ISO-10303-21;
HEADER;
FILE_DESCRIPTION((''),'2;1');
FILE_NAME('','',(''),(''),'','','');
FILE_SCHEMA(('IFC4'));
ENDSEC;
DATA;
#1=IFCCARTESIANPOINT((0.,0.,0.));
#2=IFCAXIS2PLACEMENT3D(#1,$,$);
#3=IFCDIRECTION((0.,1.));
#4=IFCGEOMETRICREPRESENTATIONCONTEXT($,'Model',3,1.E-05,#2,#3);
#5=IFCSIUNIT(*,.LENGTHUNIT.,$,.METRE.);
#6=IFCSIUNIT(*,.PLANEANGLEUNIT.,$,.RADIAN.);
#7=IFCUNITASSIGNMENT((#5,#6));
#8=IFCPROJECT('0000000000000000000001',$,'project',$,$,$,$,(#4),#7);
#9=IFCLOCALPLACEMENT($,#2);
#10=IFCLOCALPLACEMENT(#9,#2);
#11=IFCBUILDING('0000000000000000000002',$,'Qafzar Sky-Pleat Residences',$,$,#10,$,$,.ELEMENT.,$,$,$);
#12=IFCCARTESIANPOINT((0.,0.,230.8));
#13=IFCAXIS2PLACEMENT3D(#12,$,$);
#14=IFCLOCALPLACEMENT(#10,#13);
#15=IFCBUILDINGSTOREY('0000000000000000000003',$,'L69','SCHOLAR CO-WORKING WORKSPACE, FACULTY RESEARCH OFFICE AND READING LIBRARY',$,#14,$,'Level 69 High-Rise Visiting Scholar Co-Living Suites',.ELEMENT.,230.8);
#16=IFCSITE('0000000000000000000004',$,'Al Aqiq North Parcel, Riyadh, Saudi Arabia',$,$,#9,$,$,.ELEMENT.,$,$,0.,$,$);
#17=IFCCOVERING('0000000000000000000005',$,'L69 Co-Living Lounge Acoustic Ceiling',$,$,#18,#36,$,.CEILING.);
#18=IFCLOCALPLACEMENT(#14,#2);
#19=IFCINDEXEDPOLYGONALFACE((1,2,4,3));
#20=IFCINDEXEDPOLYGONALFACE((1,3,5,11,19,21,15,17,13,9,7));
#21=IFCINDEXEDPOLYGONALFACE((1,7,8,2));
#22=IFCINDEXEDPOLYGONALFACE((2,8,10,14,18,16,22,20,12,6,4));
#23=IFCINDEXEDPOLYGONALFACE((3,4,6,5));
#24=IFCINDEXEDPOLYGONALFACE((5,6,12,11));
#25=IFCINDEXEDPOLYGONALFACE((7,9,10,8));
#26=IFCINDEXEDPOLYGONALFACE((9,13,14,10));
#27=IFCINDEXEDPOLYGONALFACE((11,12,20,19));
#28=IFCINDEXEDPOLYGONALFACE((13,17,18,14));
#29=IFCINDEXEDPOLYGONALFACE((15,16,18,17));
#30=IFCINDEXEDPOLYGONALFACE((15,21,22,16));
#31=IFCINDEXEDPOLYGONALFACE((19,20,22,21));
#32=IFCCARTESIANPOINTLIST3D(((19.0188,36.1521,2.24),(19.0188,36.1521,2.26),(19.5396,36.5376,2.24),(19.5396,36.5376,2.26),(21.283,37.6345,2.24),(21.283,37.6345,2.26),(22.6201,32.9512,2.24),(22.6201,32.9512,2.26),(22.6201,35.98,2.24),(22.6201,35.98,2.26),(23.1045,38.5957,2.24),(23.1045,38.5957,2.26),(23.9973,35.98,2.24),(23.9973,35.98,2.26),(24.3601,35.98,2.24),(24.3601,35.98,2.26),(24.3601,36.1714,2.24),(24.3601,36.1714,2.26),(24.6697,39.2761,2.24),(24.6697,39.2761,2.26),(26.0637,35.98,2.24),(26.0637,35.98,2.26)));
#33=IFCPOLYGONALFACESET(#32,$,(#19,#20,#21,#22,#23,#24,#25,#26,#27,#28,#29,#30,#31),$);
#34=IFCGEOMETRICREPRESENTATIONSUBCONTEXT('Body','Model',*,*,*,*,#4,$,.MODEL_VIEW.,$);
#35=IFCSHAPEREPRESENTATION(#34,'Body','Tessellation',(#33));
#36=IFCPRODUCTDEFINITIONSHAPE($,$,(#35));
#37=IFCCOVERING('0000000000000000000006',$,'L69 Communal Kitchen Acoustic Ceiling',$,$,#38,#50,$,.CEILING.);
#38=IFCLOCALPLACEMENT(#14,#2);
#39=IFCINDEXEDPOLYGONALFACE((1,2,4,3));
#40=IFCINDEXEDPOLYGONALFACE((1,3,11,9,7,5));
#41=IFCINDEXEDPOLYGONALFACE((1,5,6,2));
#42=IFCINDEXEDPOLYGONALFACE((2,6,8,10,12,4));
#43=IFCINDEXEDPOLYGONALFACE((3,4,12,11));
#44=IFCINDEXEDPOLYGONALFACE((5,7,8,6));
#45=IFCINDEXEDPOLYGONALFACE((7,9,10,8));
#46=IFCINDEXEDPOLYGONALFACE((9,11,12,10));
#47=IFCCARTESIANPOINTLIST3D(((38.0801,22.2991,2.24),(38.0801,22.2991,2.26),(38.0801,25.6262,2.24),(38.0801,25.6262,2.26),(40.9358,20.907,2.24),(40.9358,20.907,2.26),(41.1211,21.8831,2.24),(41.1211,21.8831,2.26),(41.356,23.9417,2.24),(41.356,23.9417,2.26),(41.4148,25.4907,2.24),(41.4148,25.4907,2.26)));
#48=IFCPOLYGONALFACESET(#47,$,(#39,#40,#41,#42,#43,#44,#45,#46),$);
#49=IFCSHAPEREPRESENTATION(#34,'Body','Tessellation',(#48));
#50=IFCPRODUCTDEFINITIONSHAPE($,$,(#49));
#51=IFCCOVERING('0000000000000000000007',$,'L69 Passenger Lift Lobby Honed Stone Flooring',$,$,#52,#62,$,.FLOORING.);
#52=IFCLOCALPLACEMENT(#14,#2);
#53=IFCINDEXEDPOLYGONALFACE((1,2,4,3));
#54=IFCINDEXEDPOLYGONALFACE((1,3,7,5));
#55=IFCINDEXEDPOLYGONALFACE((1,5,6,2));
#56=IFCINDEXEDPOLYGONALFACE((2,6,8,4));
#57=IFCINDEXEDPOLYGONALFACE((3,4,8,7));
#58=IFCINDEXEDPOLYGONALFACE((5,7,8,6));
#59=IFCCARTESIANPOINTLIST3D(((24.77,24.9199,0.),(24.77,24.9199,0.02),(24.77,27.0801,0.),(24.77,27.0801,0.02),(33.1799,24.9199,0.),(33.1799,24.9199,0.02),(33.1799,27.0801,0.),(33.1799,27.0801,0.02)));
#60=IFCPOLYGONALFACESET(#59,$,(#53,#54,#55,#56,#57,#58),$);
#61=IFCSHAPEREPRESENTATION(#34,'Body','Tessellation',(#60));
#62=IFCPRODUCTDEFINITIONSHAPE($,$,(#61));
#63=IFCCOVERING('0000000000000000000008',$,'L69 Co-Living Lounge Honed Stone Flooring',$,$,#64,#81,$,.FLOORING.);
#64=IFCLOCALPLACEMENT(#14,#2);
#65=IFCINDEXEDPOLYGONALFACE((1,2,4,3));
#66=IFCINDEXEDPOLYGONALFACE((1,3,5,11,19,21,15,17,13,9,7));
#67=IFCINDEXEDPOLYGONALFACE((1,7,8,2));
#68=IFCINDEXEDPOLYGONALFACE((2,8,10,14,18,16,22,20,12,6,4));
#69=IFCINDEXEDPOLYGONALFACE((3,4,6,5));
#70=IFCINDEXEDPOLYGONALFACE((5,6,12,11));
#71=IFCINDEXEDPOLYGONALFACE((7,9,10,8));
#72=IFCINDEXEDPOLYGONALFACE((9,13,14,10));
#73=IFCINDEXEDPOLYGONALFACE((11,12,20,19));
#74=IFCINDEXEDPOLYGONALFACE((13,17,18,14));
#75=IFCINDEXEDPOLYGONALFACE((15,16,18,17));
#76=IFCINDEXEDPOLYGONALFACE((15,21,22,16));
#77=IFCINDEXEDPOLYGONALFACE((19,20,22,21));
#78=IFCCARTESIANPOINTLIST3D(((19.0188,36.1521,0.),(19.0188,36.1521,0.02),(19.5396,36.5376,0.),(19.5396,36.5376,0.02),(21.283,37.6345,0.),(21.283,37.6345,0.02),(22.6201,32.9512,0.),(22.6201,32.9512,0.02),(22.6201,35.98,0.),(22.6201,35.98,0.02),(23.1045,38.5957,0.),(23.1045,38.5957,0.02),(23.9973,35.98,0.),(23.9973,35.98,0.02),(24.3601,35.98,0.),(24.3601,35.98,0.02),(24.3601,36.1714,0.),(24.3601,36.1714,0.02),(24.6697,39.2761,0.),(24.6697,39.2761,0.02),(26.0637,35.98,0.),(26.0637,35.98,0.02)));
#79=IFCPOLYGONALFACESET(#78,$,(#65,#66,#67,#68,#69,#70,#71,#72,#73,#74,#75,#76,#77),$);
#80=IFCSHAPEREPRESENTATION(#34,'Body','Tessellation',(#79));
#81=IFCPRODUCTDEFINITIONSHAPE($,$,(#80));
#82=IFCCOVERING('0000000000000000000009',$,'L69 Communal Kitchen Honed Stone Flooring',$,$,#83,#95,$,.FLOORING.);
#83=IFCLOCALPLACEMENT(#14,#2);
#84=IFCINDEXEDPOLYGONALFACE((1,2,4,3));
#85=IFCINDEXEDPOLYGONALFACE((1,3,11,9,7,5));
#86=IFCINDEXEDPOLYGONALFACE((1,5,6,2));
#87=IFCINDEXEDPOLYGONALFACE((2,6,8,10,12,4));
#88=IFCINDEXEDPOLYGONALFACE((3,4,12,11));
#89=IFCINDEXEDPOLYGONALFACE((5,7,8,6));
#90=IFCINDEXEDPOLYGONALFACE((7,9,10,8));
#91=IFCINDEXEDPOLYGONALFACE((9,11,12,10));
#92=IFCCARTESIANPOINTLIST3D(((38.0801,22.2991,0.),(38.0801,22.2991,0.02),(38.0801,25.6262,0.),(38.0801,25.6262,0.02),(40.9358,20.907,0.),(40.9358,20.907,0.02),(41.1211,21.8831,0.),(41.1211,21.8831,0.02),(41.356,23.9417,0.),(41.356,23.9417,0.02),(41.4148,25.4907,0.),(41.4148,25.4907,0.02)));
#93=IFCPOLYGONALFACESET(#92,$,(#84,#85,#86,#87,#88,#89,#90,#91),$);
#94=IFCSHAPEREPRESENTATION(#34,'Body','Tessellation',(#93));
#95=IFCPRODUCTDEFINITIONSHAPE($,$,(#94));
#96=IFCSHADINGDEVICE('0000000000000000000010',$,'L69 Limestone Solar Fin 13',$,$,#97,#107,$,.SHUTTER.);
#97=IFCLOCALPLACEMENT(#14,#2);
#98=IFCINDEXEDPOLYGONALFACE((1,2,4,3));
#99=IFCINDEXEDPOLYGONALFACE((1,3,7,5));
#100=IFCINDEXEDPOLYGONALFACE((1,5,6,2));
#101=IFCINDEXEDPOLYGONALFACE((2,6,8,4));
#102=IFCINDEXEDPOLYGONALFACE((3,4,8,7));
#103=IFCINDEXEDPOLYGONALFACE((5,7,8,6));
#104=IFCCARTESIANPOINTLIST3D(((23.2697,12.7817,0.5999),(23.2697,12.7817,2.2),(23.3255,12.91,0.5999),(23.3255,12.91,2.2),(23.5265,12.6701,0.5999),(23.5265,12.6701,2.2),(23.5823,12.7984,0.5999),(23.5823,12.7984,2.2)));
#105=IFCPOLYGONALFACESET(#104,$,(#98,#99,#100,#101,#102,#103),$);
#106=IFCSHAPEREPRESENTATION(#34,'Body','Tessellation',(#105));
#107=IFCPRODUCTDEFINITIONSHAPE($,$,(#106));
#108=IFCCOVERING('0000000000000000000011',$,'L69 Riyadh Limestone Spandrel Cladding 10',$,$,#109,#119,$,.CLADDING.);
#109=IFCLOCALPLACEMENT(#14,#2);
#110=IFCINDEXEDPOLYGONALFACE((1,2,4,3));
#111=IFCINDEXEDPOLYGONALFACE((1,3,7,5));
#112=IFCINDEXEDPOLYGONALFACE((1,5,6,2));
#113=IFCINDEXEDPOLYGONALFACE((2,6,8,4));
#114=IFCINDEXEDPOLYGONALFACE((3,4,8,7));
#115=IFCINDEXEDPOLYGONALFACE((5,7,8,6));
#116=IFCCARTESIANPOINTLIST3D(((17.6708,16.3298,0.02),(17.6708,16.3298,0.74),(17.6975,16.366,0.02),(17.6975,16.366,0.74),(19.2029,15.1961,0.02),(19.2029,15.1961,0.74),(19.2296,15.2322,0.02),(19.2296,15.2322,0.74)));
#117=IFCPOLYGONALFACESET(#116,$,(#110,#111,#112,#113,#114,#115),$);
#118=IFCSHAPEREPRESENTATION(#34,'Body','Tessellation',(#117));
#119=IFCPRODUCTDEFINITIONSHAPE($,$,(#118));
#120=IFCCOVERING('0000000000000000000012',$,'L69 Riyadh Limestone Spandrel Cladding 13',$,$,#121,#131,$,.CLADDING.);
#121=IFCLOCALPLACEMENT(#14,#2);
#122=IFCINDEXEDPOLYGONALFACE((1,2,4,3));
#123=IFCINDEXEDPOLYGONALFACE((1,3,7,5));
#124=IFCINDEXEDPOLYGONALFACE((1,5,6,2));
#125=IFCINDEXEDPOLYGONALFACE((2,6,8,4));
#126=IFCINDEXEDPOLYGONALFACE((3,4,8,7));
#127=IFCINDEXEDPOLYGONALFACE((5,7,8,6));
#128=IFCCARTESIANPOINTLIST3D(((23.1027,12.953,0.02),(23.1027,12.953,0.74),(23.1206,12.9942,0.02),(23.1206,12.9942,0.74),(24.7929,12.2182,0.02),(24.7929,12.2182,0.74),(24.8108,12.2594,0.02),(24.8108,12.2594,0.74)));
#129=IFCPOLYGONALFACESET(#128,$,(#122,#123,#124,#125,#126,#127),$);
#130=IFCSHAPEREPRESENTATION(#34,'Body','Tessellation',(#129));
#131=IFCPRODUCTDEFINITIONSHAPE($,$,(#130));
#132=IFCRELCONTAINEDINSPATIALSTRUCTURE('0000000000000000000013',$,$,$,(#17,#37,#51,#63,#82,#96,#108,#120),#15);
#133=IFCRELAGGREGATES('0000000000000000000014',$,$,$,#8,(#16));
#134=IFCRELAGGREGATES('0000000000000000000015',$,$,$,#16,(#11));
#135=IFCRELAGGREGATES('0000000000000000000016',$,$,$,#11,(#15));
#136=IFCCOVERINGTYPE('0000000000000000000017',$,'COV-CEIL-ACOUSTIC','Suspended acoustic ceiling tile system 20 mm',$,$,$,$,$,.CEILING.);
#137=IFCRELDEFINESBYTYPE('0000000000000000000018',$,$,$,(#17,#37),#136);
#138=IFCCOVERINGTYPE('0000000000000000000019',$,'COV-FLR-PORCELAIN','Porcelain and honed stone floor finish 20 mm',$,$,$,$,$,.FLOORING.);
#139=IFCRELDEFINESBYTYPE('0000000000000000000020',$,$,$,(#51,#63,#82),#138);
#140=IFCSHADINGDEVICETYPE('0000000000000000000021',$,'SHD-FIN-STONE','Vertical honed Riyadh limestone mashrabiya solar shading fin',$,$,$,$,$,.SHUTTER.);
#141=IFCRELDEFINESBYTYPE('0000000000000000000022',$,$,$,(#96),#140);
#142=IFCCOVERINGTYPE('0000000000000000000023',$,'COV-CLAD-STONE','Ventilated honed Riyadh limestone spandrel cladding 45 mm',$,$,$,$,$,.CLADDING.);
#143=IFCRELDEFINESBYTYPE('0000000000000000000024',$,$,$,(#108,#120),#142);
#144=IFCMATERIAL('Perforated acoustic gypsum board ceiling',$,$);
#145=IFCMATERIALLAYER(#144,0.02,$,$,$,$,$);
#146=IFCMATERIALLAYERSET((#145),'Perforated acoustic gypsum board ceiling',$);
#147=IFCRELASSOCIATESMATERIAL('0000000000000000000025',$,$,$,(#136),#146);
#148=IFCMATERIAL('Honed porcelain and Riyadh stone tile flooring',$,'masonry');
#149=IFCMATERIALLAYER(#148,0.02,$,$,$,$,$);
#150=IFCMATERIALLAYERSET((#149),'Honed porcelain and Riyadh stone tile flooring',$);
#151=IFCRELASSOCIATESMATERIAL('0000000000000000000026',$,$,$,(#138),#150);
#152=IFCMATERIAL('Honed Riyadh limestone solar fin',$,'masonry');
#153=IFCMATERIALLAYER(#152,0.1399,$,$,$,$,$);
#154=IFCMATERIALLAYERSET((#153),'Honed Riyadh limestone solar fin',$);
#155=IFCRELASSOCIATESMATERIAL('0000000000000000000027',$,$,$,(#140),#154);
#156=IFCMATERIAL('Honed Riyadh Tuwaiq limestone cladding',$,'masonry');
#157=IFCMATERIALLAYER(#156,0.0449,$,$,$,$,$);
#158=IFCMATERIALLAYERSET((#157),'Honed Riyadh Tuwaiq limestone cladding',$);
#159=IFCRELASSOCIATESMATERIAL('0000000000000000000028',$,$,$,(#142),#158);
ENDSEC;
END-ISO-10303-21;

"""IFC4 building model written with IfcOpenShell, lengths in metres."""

from ifc_helpers import new_model, si_unit, direction, frame, origin, origin_2d, place, context, subcontext, project, spatial, polyline, rectangle, outline, extrude, source, transform, mapped, material, layer, layer_set, type_object, element, save


model = new_model("IFC4")

# Units and contexts
model_context = context("Model", 3, precision=1e-05, world=origin(), true_north=direction((0.0, 1.0)))
body_context = subcontext(model_context, "Body", "Model", "MODEL_VIEW")
ifc_project = project(units=[si_unit("LENGTHUNIT", "METRE"), si_unit("PLANEANGLEUNIT", "RADIAN")], contexts=[model_context])

# Site, building, storey
site_placement = place(None, origin())
site = spatial("IfcSite", under=ifc_project, at=site_placement, Name="Al Aqiq North Parcel, Riyadh, Saudi Arabia", CompositionType="ELEMENT", RefElevation=0.0)
building_placement = place(site_placement, origin())
building = spatial("IfcBuilding", under=site, at=building_placement, Name="Qafzar Sky-Pleat Residences", CompositionType="ELEMENT")
storey_placement = place(building_placement, frame((0.0, 0.0, 230.8)))
storey = spatial("IfcBuildingStorey", under=building, at=storey_placement, Name="L69", Description="SCHOLAR CO-WORKING WORKSPACE, FACULTY RESEARCH OFFICE AND READING LIBRARY", LongName="Level 69 High-Rise Visiting Scholar Co-Living Suites", CompositionType="ELEMENT", Elevation=230.8)

# Coverings
ifc_material_1 = material(Name="Perforated acoustic gypsum board ceiling")
ifc_layer_1 = layer(ifc_material_1, 0.02)
ifc_layer_set_1 = layer_set([ifc_layer_1], Name="Perforated acoustic gypsum board ceiling")
covering_type_1 = type_object("IfcCoveringType", Name="COV-CEIL-ACOUSTIC", Description="Suspended acoustic ceiling tile system 20 mm", PredefinedType="CEILING", material=ifc_layer_set_1)
covering_1_placement = place(storey_placement, frame((0.0, 0.0, 2.24)))
element("IfcCovering", 1, at=covering_1_placement, inside=storey, type_object=covering_type_1, Name="L69 Co-Living Lounge Acoustic Ceiling", PredefinedType="CEILING", context=body_context, shape_type="SweptSolid", body=[
    extrude(outline(polyline([(19.5396, 36.5376), (21.283, 37.6345), (23.1045, 38.5957), (24.6697, 39.2761), (26.0637, 35.98), (24.3601, 35.98), (24.3601, 36.1714), (23.9973, 35.98), (22.6201, 35.98), (22.6201, 32.9512), (19.0188, 36.1521), (19.5396, 36.5376)])), origin(), (0.0, 0.0, 1.0), 0.02),
])
covering_2_placement = place(storey_placement, frame((0.0, 0.0, 2.24)))
element("IfcCovering", 2, at=covering_2_placement, inside=storey, type_object=covering_type_1, Name="L69 Communal Kitchen Acoustic Ceiling", PredefinedType="CEILING", context=body_context, shape_type="SweptSolid", body=[
    extrude(outline(polyline([(41.356, 23.9417), (41.1211, 21.8831), (40.9358, 20.907), (38.0801, 22.2991), (38.0801, 25.6262), (41.4148, 25.4907), (41.356, 23.9417)])), origin(), (0.0, 0.0, 1.0), 0.02),
])
ifc_material_2 = material(Name="Honed porcelain and Riyadh stone tile flooring", Category="masonry")
ifc_layer_2 = layer(ifc_material_2, 0.02)
ifc_layer_set_2 = layer_set([ifc_layer_2], Name="Honed porcelain and Riyadh stone tile flooring")
covering_type_2 = type_object("IfcCoveringType", Name="COV-FLR-PORCELAIN", Description="Porcelain and honed stone floor finish 20 mm", PredefinedType="FLOORING", material=ifc_layer_set_2)
covering_3_placement = place(storey_placement, origin())
element("IfcCovering", 3, at=covering_3_placement, inside=storey, type_object=covering_type_2, Name="L69 Passenger Lift Lobby Honed Stone Flooring", PredefinedType="FLOORING", context=body_context, shape_type="SweptSolid", body=[
    extrude(outline(polyline([(33.1799, 24.9199), (24.77, 24.9199), (24.77, 27.0801), (33.1799, 27.0801), (33.1799, 24.9199)])), origin(), (0.0, 0.0, 1.0), 0.02),
])
covering_4_placement = place(storey_placement, origin())
element("IfcCovering", 4, at=covering_4_placement, inside=storey, type_object=covering_type_2, Name="L69 Co-Living Lounge Honed Stone Flooring", PredefinedType="FLOORING", context=body_context, shape_type="SweptSolid", body=[
    extrude(outline(polyline([(19.5396, 36.5376), (21.283, 37.6345), (23.1045, 38.5957), (24.6697, 39.2761), (26.0637, 35.98), (24.3601, 35.98), (24.3601, 36.1714), (23.9973, 35.98), (22.6201, 35.98), (22.6201, 32.9512), (19.0188, 36.1521), (19.5396, 36.5376)])), origin(), (0.0, 0.0, 1.0), 0.02),
])
covering_5_placement = place(storey_placement, origin())
element("IfcCovering", 5, at=covering_5_placement, inside=storey, type_object=covering_type_2, Name="L69 Communal Kitchen Honed Stone Flooring", PredefinedType="FLOORING", context=body_context, shape_type="SweptSolid", body=[
    extrude(outline(polyline([(41.356, 23.9417), (41.1211, 21.8831), (40.9358, 20.907), (38.0801, 22.2991), (38.0801, 25.6262), (41.4148, 25.4907), (41.356, 23.9417)])), origin(), (0.0, 0.0, 1.0), 0.02),
])

# Shading device
ifc_material_3 = material(Name="Honed Riyadh limestone solar fin", Category="masonry")
ifc_layer_3 = layer(ifc_material_3, 0.1399)
ifc_layer_set_3 = layer_set([ifc_layer_3], Name="Honed Riyadh limestone solar fin")
shading_device_type = type_object("IfcShadingDeviceType", Name="SHD-FIN-STONE", Description="Vertical honed Riyadh limestone mashrabiya solar shading fin", PredefinedType="SHUTTER", material=ifc_layer_set_3)
shared_shape_1 = source(origin(), body_context, "Body", "SweptSolid", [
    extrude(rectangle(XDim=0.1399, YDim=0.28, at=origin_2d()), origin(), (0.0, 0.0, 1.0), 1.6001),
])
shading_device_placement = place(storey_placement, frame((23.426, 12.79, 0.5999), z_axis=(0.0, 0.0, 1.0), x_axis=(-0.398679, -0.91709, 0.0)))
element("IfcShadingDevice", 6, at=shading_device_placement, inside=storey, type_object=shading_device_type, Name="L69 Limestone Solar Fin 13", PredefinedType="SHUTTER", context=body_context, shape_type="MappedRepresentation", body=[
    mapped(shared_shape_1, transform((0.0, 0.0, 0.0), x_axis=(1.0, 0.0, 0.0), y_axis=(0.0, 1.0, 0.0), z_axis=(0.0, 0.0, 1.0), scale=1.0)),
])

# Coverings
ifc_material_4 = material(Name="Honed Riyadh Tuwaiq limestone cladding", Category="masonry")
ifc_layer_4 = layer(ifc_material_4, 0.0449)
ifc_layer_set_4 = layer_set([ifc_layer_4], Name="Honed Riyadh Tuwaiq limestone cladding")
covering_type_3 = type_object("IfcCoveringType", Name="COV-CLAD-STONE", Description="Ventilated honed Riyadh limestone spandrel cladding 45 mm", PredefinedType="CLADDING", material=ifc_layer_set_4)
shared_shape_2 = source(origin(), body_context, "Body", "SweptSolid", [
    extrude(rectangle(XDim=1.906, YDim=0.0449, at=origin_2d()), origin(), (0.0, 0.0, 1.0), 0.72),
])
covering_6_placement = place(storey_placement, frame((18.4502, 15.781, 0.02), z_axis=(0.0, 0.0, 1.0), x_axis=(0.803836, -0.59485, 0.0)))
element("IfcCovering", 7, at=covering_6_placement, inside=storey, type_object=covering_type_3, Name="L69 Riyadh Limestone Spandrel Cladding 10", PredefinedType="CLADDING", context=body_context, shape_type="MappedRepresentation", body=[
    mapped(shared_shape_2, transform((0.0, 0.0, 0.0), x_axis=(1.0, 0.0, 0.0), y_axis=(0.0, 1.0, 0.0), z_axis=(0.0, 0.0, 1.0), scale=1.0)),
])
shared_shape_3 = source(origin(), body_context, "Body", "SweptSolid", [
    extrude(rectangle(XDim=1.843, YDim=0.0449, at=origin_2d()), origin(), (0.0, 0.0, 1.0), 0.72),
])
covering_7_placement = place(storey_placement, frame((23.9568, 12.6062, 0.02), z_axis=(0.0, 0.0, 1.0), x_axis=(0.917084, -0.398694, 0.0)))
element("IfcCovering", 8, at=covering_7_placement, inside=storey, type_object=covering_type_3, Name="L69 Riyadh Limestone Spandrel Cladding 13", PredefinedType="CLADDING", context=body_context, shape_type="MappedRepresentation", body=[
    mapped(shared_shape_3, transform((0.0, 0.0, 0.0), x_axis=(1.0, 0.0, 0.0), y_axis=(0.0, 1.0, 0.0), z_axis=(0.0, 0.0, 1.0), scale=1.0)),
])

save(model, "model.ifc")
